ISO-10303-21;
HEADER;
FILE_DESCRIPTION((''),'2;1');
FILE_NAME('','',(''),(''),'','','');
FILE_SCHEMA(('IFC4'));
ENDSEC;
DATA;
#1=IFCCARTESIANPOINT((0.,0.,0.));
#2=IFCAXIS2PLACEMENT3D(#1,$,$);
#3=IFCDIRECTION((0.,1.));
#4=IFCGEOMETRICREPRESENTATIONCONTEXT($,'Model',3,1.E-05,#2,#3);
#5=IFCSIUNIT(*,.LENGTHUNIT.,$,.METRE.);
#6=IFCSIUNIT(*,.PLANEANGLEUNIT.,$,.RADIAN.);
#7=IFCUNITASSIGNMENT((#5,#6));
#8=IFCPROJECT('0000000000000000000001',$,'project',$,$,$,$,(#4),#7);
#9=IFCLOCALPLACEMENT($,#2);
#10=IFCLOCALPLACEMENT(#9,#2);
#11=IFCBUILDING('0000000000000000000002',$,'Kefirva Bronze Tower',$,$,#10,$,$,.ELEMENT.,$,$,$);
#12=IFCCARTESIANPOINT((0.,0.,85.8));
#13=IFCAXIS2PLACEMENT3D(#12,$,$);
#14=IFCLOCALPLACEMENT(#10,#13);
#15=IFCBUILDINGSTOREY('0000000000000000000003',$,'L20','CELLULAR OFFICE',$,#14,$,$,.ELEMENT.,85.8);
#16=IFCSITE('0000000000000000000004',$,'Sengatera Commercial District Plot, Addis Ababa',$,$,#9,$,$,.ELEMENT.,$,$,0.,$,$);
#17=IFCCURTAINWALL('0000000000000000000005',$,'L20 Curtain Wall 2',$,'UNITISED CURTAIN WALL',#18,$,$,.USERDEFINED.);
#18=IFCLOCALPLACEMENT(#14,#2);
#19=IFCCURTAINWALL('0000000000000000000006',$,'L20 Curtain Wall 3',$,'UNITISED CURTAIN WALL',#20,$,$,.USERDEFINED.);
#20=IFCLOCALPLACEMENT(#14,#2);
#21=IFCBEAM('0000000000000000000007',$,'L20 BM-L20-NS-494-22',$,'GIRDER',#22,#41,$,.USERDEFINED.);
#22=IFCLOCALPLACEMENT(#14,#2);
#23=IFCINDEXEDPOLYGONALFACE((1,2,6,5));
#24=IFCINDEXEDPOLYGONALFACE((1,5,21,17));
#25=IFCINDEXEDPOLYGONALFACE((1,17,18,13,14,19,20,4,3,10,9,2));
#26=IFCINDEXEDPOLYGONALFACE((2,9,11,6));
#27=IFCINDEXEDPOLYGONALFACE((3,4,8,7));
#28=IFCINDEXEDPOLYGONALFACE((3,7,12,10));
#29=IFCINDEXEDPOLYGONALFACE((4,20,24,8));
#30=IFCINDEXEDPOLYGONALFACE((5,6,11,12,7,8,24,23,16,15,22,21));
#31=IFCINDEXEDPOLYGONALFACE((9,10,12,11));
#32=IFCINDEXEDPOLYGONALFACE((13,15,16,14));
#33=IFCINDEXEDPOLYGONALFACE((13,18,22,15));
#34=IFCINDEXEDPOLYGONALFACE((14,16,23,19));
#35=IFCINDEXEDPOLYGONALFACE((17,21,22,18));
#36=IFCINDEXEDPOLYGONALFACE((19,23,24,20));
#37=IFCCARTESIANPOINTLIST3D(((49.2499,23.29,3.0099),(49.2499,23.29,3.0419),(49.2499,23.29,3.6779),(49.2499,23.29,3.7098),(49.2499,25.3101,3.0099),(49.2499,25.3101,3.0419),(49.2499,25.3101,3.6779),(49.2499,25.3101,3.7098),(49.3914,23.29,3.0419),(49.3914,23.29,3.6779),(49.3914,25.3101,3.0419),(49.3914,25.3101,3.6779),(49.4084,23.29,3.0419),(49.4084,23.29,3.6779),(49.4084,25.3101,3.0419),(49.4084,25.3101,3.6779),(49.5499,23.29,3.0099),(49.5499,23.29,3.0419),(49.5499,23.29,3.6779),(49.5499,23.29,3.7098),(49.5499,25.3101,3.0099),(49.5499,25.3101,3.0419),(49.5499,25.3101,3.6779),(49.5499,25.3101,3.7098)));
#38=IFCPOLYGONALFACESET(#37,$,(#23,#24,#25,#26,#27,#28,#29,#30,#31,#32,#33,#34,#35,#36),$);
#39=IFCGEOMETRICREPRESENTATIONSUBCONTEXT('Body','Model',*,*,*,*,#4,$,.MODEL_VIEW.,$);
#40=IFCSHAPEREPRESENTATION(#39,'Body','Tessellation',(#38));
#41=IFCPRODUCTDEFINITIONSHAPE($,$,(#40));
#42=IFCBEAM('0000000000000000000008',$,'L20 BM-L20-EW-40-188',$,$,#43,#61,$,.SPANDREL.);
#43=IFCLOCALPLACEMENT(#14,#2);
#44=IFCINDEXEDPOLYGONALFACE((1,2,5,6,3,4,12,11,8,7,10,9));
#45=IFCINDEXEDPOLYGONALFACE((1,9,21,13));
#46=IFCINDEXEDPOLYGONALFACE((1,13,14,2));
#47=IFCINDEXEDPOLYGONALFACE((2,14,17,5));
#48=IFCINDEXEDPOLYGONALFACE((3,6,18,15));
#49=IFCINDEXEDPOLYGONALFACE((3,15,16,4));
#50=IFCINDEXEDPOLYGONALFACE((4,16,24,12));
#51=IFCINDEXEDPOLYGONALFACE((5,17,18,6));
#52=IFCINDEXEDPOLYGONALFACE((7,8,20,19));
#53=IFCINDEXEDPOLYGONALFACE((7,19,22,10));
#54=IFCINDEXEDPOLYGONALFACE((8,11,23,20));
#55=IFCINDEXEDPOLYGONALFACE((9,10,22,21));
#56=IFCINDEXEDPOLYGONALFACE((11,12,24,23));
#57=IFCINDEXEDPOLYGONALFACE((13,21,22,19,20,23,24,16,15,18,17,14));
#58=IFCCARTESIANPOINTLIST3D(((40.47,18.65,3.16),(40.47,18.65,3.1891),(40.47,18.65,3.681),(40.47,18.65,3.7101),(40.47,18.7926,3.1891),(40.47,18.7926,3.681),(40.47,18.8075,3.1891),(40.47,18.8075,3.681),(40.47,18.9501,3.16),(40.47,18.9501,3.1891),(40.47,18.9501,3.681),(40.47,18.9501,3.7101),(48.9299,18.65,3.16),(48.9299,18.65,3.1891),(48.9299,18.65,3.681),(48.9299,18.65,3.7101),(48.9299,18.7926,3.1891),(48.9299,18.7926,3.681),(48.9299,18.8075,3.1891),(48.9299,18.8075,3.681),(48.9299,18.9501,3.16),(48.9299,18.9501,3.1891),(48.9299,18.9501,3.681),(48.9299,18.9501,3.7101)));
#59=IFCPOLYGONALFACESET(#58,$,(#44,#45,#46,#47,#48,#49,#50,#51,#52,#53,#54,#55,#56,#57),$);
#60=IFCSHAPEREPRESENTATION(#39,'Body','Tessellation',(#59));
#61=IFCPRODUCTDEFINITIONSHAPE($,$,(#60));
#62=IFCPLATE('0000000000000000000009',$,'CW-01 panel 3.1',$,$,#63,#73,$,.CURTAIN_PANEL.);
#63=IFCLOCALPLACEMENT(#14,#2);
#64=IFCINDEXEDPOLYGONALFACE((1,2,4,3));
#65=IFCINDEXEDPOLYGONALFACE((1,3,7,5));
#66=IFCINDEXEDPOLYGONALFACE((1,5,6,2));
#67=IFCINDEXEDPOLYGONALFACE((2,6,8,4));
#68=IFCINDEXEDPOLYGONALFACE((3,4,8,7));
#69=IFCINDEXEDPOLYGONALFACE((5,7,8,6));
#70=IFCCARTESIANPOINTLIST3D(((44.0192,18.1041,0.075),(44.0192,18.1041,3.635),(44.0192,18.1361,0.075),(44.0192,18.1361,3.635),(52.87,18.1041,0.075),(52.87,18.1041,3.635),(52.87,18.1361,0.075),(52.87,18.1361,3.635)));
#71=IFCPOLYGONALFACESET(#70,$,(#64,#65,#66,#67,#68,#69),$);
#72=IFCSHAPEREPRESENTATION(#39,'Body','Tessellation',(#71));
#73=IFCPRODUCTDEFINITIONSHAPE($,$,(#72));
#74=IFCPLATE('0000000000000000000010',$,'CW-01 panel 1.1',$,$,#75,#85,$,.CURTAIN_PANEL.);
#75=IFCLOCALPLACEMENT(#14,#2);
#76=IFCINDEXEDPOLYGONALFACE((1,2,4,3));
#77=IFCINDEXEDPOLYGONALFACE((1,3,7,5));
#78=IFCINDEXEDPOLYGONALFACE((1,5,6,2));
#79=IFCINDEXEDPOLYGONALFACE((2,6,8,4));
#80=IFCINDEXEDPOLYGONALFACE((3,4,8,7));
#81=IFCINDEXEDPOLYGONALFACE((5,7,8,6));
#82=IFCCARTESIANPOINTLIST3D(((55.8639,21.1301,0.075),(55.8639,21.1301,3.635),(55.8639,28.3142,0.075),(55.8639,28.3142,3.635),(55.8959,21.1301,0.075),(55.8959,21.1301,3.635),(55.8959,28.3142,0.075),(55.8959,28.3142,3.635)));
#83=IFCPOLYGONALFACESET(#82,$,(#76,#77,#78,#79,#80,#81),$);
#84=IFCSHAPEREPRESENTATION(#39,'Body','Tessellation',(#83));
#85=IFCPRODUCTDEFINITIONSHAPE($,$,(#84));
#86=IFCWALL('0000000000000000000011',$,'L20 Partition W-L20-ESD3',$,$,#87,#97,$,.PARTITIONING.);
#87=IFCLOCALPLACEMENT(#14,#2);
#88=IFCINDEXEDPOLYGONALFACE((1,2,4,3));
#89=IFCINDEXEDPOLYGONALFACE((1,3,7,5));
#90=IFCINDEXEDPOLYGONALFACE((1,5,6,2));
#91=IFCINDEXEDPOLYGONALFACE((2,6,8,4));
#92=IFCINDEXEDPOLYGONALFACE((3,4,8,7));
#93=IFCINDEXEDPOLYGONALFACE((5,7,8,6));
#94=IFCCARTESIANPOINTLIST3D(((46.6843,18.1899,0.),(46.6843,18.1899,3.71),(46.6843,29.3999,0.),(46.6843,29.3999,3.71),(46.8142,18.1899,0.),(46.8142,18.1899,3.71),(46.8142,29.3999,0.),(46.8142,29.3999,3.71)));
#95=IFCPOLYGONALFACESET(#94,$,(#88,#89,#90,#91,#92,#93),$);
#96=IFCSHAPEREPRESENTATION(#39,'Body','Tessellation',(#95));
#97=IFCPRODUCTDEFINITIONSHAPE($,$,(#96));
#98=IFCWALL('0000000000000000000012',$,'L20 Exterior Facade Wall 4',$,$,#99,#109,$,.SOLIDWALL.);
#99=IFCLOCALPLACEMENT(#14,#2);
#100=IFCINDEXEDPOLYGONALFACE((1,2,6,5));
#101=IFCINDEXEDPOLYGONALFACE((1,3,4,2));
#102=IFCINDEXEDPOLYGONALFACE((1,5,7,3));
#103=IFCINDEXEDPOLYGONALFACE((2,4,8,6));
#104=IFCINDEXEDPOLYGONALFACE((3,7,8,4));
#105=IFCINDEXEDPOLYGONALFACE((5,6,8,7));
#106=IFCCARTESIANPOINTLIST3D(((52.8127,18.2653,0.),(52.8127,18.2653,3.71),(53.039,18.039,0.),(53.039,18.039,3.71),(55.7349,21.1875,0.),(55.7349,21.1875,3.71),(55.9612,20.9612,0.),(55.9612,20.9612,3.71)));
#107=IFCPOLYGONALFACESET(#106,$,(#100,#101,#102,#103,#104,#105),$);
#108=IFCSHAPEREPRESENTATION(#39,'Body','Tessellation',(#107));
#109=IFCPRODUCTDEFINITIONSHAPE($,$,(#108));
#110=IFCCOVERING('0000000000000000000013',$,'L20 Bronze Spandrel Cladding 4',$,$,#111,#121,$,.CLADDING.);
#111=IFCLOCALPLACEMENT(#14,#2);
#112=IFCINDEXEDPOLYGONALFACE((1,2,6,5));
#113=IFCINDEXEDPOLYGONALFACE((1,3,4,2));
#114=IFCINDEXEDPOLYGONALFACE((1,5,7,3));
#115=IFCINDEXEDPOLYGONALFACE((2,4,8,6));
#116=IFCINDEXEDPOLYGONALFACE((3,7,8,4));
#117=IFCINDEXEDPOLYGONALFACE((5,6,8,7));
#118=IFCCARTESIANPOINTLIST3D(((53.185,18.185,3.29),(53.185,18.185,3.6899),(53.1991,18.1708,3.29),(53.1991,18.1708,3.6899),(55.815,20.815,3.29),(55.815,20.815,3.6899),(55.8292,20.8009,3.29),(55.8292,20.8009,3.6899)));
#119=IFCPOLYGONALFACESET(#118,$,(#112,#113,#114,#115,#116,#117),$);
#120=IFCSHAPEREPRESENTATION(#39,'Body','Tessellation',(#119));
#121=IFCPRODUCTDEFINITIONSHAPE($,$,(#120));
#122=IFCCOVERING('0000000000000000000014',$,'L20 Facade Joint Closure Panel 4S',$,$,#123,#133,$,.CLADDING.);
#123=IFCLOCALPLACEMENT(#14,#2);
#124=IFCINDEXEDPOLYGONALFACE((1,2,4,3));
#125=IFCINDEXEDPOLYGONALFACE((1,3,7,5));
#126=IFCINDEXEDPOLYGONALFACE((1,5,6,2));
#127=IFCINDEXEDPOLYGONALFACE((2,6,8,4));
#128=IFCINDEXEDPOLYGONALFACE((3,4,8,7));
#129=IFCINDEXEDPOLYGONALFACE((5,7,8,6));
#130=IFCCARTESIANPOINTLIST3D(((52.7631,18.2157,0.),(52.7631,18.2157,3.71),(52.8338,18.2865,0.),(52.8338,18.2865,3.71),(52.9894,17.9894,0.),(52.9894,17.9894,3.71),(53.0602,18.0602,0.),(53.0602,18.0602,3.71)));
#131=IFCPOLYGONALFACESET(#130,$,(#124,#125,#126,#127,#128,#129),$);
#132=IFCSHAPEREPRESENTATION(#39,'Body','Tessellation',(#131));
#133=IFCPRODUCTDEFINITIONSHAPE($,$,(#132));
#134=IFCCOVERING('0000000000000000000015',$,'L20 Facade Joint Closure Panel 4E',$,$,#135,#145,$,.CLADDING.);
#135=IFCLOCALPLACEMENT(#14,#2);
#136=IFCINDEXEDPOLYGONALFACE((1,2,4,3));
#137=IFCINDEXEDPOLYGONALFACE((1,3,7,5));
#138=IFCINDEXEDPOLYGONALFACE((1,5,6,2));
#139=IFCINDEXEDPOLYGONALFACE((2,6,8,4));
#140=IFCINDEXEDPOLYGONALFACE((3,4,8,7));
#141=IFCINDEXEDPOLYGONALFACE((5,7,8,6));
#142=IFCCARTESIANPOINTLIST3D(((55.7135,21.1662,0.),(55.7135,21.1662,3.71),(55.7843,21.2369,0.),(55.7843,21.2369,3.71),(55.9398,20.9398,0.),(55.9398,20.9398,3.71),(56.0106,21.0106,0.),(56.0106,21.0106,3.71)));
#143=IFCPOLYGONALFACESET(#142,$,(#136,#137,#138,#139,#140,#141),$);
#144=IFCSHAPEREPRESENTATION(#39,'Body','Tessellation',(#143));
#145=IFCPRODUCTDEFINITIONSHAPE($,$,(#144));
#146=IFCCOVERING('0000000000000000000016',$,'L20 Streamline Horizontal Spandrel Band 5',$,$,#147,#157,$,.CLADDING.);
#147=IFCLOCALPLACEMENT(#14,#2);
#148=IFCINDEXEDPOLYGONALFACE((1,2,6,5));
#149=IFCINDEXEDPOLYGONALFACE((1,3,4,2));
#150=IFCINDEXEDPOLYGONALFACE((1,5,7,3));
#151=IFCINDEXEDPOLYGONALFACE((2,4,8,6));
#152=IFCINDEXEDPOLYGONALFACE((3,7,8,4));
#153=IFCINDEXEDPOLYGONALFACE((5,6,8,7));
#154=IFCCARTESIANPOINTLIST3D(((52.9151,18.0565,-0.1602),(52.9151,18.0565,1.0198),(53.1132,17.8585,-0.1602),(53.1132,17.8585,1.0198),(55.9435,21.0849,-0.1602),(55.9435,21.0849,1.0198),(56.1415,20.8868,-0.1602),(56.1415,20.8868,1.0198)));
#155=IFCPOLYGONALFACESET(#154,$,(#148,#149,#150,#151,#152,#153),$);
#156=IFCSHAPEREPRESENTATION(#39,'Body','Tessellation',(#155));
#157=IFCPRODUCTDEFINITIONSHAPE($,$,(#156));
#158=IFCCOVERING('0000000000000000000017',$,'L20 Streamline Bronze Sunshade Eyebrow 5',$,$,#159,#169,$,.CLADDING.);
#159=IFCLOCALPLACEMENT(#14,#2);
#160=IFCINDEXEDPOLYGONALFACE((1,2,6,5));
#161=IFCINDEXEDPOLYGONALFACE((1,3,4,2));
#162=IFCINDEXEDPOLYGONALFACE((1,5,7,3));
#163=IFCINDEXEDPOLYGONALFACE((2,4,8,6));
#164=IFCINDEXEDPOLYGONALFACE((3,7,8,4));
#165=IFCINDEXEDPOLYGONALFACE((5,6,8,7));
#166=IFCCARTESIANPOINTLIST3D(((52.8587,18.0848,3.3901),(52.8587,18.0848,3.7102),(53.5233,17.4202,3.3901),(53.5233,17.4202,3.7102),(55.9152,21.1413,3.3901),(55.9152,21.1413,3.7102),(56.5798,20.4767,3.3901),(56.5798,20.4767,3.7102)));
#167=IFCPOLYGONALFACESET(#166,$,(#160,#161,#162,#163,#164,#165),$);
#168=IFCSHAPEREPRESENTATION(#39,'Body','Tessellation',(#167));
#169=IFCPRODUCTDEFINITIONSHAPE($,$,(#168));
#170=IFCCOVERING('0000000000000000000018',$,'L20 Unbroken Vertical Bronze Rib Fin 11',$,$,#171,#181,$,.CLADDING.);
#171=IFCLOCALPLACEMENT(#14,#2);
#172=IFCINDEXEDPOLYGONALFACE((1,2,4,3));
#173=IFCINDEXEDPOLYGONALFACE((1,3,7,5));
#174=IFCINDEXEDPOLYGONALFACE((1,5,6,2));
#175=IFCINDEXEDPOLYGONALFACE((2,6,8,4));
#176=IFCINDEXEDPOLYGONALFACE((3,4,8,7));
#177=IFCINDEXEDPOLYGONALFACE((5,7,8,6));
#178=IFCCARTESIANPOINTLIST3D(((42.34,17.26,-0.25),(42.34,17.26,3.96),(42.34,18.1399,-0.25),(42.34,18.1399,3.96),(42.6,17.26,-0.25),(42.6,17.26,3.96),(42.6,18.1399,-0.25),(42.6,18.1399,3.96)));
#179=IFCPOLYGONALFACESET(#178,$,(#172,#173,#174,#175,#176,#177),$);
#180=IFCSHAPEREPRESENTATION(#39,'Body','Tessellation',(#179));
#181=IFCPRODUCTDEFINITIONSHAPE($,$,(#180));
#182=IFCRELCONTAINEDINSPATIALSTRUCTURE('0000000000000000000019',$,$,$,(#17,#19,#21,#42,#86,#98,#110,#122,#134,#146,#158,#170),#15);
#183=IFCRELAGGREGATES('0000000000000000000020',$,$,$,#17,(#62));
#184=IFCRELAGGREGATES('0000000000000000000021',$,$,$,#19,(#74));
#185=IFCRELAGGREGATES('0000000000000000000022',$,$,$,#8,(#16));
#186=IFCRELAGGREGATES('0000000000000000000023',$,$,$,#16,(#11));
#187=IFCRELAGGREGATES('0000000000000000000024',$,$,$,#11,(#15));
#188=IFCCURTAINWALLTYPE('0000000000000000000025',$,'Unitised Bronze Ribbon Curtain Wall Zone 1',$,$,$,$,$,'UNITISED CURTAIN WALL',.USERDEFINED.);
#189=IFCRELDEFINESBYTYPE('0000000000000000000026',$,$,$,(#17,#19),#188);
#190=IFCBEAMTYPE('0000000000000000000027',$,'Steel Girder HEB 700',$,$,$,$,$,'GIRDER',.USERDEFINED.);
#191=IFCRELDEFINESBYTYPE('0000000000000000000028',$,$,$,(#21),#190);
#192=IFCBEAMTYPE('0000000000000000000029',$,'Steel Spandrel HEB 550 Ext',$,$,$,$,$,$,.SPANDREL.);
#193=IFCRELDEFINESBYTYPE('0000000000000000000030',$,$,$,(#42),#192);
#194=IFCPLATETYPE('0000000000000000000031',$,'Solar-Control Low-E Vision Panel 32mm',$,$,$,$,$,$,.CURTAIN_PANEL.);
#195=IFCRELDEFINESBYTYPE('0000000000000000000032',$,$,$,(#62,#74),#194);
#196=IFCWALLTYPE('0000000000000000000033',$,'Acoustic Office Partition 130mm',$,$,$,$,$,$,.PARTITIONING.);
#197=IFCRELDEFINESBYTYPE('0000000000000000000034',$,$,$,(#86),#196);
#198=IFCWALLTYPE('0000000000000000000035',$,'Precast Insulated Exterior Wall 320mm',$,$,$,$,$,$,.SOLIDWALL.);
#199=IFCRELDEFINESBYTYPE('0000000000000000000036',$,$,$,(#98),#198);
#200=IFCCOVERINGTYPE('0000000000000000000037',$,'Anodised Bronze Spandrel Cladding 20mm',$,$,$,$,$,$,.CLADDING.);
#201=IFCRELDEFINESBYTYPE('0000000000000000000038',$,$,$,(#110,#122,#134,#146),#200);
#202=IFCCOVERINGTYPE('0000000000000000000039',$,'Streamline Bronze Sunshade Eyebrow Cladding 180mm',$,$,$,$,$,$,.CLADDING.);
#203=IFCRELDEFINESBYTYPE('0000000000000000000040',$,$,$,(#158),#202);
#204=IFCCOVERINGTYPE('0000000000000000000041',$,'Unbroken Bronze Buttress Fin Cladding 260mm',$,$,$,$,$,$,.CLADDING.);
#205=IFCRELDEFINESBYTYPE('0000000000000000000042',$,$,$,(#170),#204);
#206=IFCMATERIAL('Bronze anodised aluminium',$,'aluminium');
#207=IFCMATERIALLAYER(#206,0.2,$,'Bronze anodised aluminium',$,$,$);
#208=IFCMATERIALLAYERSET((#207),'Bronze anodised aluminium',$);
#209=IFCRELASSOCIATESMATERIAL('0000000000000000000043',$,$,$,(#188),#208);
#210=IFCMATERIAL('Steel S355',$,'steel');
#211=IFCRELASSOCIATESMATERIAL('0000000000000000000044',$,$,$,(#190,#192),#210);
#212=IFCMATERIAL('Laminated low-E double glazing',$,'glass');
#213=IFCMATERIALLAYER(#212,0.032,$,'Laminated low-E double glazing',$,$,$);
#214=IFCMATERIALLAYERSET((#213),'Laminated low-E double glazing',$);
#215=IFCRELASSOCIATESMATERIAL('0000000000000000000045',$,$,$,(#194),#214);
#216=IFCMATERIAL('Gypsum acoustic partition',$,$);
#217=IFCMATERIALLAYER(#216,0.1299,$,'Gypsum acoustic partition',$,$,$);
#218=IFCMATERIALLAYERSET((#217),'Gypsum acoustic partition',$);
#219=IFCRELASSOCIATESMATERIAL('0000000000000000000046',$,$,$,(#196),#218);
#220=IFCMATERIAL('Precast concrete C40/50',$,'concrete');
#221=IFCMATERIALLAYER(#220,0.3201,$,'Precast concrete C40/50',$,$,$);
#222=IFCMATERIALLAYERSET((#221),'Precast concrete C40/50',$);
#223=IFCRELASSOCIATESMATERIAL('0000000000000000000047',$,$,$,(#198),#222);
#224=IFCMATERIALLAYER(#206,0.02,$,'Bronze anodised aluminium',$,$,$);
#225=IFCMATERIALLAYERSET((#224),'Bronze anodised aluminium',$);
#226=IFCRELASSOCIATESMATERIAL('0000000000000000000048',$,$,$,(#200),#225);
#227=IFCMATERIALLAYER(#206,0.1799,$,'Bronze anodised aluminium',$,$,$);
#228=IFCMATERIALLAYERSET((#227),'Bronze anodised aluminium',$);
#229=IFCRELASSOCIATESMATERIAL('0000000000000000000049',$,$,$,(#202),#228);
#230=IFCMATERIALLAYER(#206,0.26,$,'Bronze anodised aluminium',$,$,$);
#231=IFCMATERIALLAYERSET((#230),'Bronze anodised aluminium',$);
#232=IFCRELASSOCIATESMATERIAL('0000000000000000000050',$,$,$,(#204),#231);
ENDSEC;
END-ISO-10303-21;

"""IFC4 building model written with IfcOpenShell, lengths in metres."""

from ifc_helpers import new_model, si_unit, direction, frame, frame_2d, origin, origin_2d, place, context, subcontext, project, spatial, rectangle, i_section, extrude, material, layer, layer_set, material_profile, profile_set, type_object, element, aggregate, save


model = new_model("IFC4")

# Units and contexts
model_context = context("Model", 3, precision=1e-05, world=origin(), true_north=direction((0.0, 1.0)))
body_context = subcontext(model_context, "Body", "Model", "MODEL_VIEW")
ifc_project = project(units=[si_unit("LENGTHUNIT", "METRE"), si_unit("PLANEANGLEUNIT", "RADIAN")], contexts=[model_context])

# Site, building, storey
site_placement = place(None, origin())
site = spatial("IfcSite", under=ifc_project, at=site_placement, Name="Sengatera Commercial District Plot, Addis Ababa", CompositionType="ELEMENT", RefElevation=0.0)
building_placement = place(site_placement, origin())
building = spatial("IfcBuilding", under=site, at=building_placement, Name="Kefirva Bronze Tower", CompositionType="ELEMENT")
storey_placement = place(building_placement, frame((0.0, 0.0, 85.8)))
storey = spatial("IfcBuildingStorey", under=building, at=storey_placement, Name="L20", Description="CELLULAR OFFICE", CompositionType="ELEMENT", Elevation=85.8)

# Curtain wall
ifc_material_1 = material(Name="Bronze anodised aluminium", Category="aluminium")
ifc_layer_1 = layer(ifc_material_1, 0.2, Name="Bronze anodised aluminium")
ifc_layer_set_1 = layer_set([ifc_layer_1], Name="Bronze anodised aluminium")
curtain_wall_type = type_object("IfcCurtainWallType", Name="Unitised Bronze Ribbon Curtain Wall Zone 1", ElementType="UNITISED CURTAIN WALL", PredefinedType="USERDEFINED", material=ifc_layer_set_1)
curtain_wall_1_placement = place(storey_placement, origin())
curtain_wall_1 = element("IfcCurtainWall", 1, at=curtain_wall_1_placement, inside=storey, type_object=curtain_wall_type, Name="L20 Curtain Wall 2", ObjectType="UNITISED CURTAIN WALL", PredefinedType="USERDEFINED")

# Curtain wall
curtain_wall_2_placement = place(storey_placement, origin())
curtain_wall_2 = element("IfcCurtainWall", 2, at=curtain_wall_2_placement, inside=storey, type_object=curtain_wall_type, Name="L20 Curtain Wall 3", ObjectType="UNITISED CURTAIN WALL", PredefinedType="USERDEFINED")

# Beams
ifc_material_2 = material(Name="Steel S355", Category="steel")
ifc_material_profile_1 = material_profile(ifc_material_2, i_section(OverallWidth=0.3, OverallDepth=0.7, WebThickness=0.0171, FlangeThickness=0.032, at=origin_2d()), Name="HEB 700")
ifc_profile_set_1 = profile_set([ifc_material_profile_1], Name="Steel S355")
beam_type_1 = type_object("IfcBeamType", Name="Steel Girder HEB 700", ElementType="GIRDER", PredefinedType="USERDEFINED", material=ifc_profile_set_1)
beam_1_placement = place(storey_placement, frame((49.3999, 23.29, 3.3599), z_axis=(0.0, 1.0, 0.0), x_axis=(-1.0, 0.0, 0.0)))
element("IfcBeam", 3, at=beam_1_placement, inside=storey, type_object=beam_type_1, Name="L20 BM-L20-NS-494-22", ObjectType="GIRDER", PredefinedType="USERDEFINED", context=body_context, shape_type="SweptSolid", body=[
    extrude(i_section(OverallWidth=0.3, OverallDepth=0.7, WebThickness=0.0171, FlangeThickness=0.032, at=origin_2d()), origin(), (0.0, 0.0, 1.0), 2.02),
])
ifc_material_profile_2 = material_profile(ifc_material_2, i_section(OverallWidth=0.3, OverallDepth=0.55, WebThickness=0.0149, FlangeThickness=0.0291, at=origin_2d()), Name="HEB 550")
ifc_profile_set_2 = profile_set([ifc_material_profile_2], Name="Steel S355")
beam_type_2 = type_object("IfcBeamType", Name="Steel Spandrel HEB 550 Ext", PredefinedType="SPANDREL", material=ifc_profile_set_2)
beam_2_placement = place(storey_placement, frame((40.47, 18.8, 3.4351), z_axis=(1.0, 0.0, 0.0), x_axis=(0.0, 1.0, 0.0)))
element("IfcBeam", 4, at=beam_2_placement, inside=storey, type_object=beam_type_2, Name="L20 BM-L20-EW-40-188", PredefinedType="SPANDREL", context=body_context, shape_type="SweptSolid", body=[
    extrude(i_section(OverallWidth=0.3, OverallDepth=0.55, WebThickness=0.0149, FlangeThickness=0.0291, at=origin_2d()), origin(), (0.0, 0.0, 1.0), 8.46),
])

# Plates
ifc_material_3 = material(Name="Laminated low-E double glazing", Category="glass")
ifc_layer_2 = layer(ifc_material_3, 0.032, Name="Laminated low-E double glazing")
ifc_layer_set_2 = layer_set([ifc_layer_2], Name="Laminated low-E double glazing")
plate_type = type_object("IfcPlateType", Name="Solar-Control Low-E Vision Panel 32mm", PredefinedType="CURTAIN_PANEL", material=ifc_layer_set_2)
plate_1_placement = place(storey_placement, frame((48.4446, 18.1201, 0.075), z_axis=(0.0, 0.0, 1.0), x_axis=(1.0, 0.0, 0.0)))
plate_1 = element("IfcPlate", 5, at=plate_1_placement, type_object=plate_type, Name="CW-01 panel 3.1", PredefinedType="CURTAIN_PANEL", context=body_context, shape_type="SweptSolid", body=[
    extrude(rectangle(XDim=8.8508, YDim=0.032, at=origin_2d()), origin(), (0.0, 0.0, 1.0), 3.5601),
])
aggregate(curtain_wall_1, [plate_1])
plate_2_placement = place(storey_placement, frame((55.8799, 24.7222, 0.075), z_axis=(0.0, 0.0, 1.0), x_axis=(0.0, 1.0, 0.0)))
plate_2 = element("IfcPlate", 6, at=plate_2_placement, type_object=plate_type, Name="CW-01 panel 1.1", PredefinedType="CURTAIN_PANEL", context=body_context, shape_type="SweptSolid", body=[
    extrude(rectangle(XDim=7.1841, YDim=0.032, at=origin_2d()), origin(), (0.0, 0.0, 1.0), 3.5601),
])
aggregate(curtain_wall_2, [plate_2])

# Walls
ifc_material_4 = material(Name="Gypsum acoustic partition")
ifc_layer_3 = layer(ifc_material_4, 0.1299, Name="Gypsum acoustic partition")
ifc_layer_set_3 = layer_set([ifc_layer_3], Name="Gypsum acoustic partition")
wall_type_1 = type_object("IfcWallType", Name="Acoustic Office Partition 130mm", PredefinedType="PARTITIONING", material=ifc_layer_set_3)
wall_1_placement = place(storey_placement, frame((46.7493, 18.1899, 0.0), z_axis=(0.0, 0.0, 1.0), x_axis=(0.0, 1.0, 0.0)))
element("IfcWall", 7, at=wall_1_placement, inside=storey, type_object=wall_type_1, Name="L20 Partition W-L20-ESD3", PredefinedType="PARTITIONING", context=body_context, shape_type="SweptSolid", body=[
    extrude(rectangle(XDim=11.21, YDim=0.1299, at=frame_2d((5.605, 0.0))), origin(), (0.0, 0.0, 1.0), 3.71),
])
ifc_material_5 = material(Name="Precast concrete C40/50", Category="concrete")
ifc_layer_4 = layer(ifc_material_5, 0.3201, Name="Precast concrete C40/50")
ifc_layer_set_4 = layer_set([ifc_layer_4], Name="Precast concrete C40/50")
wall_type_2 = type_object("IfcWallType", Name="Precast Insulated Exterior Wall 320mm", PredefinedType="SOLIDWALL", material=ifc_layer_set_4)
wall_2_placement = place(storey_placement, frame((52.9258, 18.1521, 0.0), z_axis=(0.0, 0.0, 1.0), x_axis=(0.707107, 0.707107, 0.0)))
element("IfcWall", 8, at=wall_2_placement, inside=storey, type_object=wall_type_2, Name="L20 Exterior Facade Wall 4", PredefinedType="SOLIDWALL", context=body_context, shape_type="SweptSolid", body=[
    extrude(rectangle(XDim=4.1326, YDim=0.3201, at=frame_2d((2.0664, 0.0))), origin(), (0.0, 0.0, 1.0), 3.71),
])

# Coverings
ifc_layer_5 = layer(ifc_material_1, 0.02, Name="Bronze anodised aluminium")
ifc_layer_set_5 = layer_set([ifc_layer_5], Name="Bronze anodised aluminium")
covering_type_1 = type_object("IfcCoveringType", Name="Anodised Bronze Spandrel Cladding 20mm", PredefinedType="CLADDING", material=ifc_layer_set_5)
covering_1_placement = place(storey_placement, frame((54.5071, 19.4929, 3.29), z_axis=(0.0, 0.0, 1.0), x_axis=(0.707107, 0.707107, 0.0)))
element("IfcCovering", 9, at=covering_1_placement, inside=storey, type_object=covering_type_1, Name="L20 Bronze Spandrel Cladding 4", PredefinedType="CLADDING", context=body_context, shape_type="SweptSolid", body=[
    extrude(rectangle(XDim=3.7195, YDim=0.02, at=origin_2d()), origin(), (0.0, 0.0, 1.0), 0.3999),
])
for number, where, z_axis, x_axis, name in (
    (10, (52.9116, 18.1379, 0.0), (0.0, 0.0, 1.0), (0.707107, 0.707107, 0.0), "L20 Facade Joint Closure Panel 4S"),
    (11, (55.8621, 21.0884, 0.0), (0.0, 0.0, 1.0), (0.707107, 0.707107, 0.0), "L20 Facade Joint Closure Panel 4E"),
):
    element("IfcCovering", number, at=place(storey_placement, frame(where, z_axis=z_axis, x_axis=x_axis)), inside=storey, type_object=covering_type_1, Name=name, PredefinedType="CLADDING", context=body_context, shape_type="SweptSolid", body=[
        extrude(rectangle(XDim=0.1001, YDim=0.3201, at=origin_2d()), origin(), (0.0, 0.0, 1.0), 3.71),
    ])
covering_2_placement = place(storey_placement, frame((54.5283, 19.4717, -0.1602), z_axis=(0.0, 0.0, 1.0), x_axis=(0.707107, 0.707107, 0.0)))
element("IfcCovering", 12, at=covering_2_placement, inside=storey, type_object=covering_type_1, Name="L20 Streamline Horizontal Spandrel Band 5", PredefinedType="CLADDING", context=body_context, shape_type="SweptSolid", body=[
    extrude(rectangle(XDim=4.2827, YDim=0.28, at=origin_2d()), origin(), (0.0, 0.0, 1.0), 1.1799),
])
ifc_layer_6 = layer(ifc_material_1, 0.1799, Name="Bronze anodised aluminium")
ifc_layer_set_6 = layer_set([ifc_layer_6], Name="Bronze anodised aluminium")
covering_type_2 = type_object("IfcCoveringType", Name="Streamline Bronze Sunshade Eyebrow Cladding 180mm", PredefinedType="CLADDING", material=ifc_layer_set_6)
covering_3_placement = place(storey_placement, frame((54.7192, 19.2808, 3.3901), z_axis=(0.0, 0.0, 1.0), x_axis=(0.707107, 0.707107, 0.0)))
element("IfcCovering", 13, at=covering_3_placement, inside=storey, type_object=covering_type_2, Name="L20 Streamline Bronze Sunshade Eyebrow 5", PredefinedType="CLADDING", context=body_context, shape_type="SweptSolid", body=[
    extrude(rectangle(XDim=4.3225, YDim=0.9399, at=origin_2d()), origin(), (0.0, 0.0, 1.0), 0.3201),
])
ifc_layer_7 = layer(ifc_material_1, 0.26, Name="Bronze anodised aluminium")
ifc_layer_set_7 = layer_set([ifc_layer_7], Name="Bronze anodised aluminium")
covering_type_3 = type_object("IfcCoveringType", Name="Unbroken Bronze Buttress Fin Cladding 260mm", PredefinedType="CLADDING", material=ifc_layer_set_7)
for number, where, z_axis, x_axis, name in (
    (14, (42.47, 17.7, -0.25), (0.0, 0.0, 1.0), (1.0, 0.0, 0.0), "L20 Unbroken Vertical Bronze Rib Fin 11"),
):
    element("IfcCovering", number, at=place(storey_placement, frame(where, z_axis=z_axis, x_axis=x_axis)), inside=storey, type_object=covering_type_3, Name=name, PredefinedType="CLADDING", context=body_context, shape_type="SweptSolid", body=[
        extrude(rectangle(XDim=0.26, YDim=0.8799, at=origin_2d()), origin(), (0.0, 0.0, 1.0), 4.21),
    ])

save(model, "model.ifc")
